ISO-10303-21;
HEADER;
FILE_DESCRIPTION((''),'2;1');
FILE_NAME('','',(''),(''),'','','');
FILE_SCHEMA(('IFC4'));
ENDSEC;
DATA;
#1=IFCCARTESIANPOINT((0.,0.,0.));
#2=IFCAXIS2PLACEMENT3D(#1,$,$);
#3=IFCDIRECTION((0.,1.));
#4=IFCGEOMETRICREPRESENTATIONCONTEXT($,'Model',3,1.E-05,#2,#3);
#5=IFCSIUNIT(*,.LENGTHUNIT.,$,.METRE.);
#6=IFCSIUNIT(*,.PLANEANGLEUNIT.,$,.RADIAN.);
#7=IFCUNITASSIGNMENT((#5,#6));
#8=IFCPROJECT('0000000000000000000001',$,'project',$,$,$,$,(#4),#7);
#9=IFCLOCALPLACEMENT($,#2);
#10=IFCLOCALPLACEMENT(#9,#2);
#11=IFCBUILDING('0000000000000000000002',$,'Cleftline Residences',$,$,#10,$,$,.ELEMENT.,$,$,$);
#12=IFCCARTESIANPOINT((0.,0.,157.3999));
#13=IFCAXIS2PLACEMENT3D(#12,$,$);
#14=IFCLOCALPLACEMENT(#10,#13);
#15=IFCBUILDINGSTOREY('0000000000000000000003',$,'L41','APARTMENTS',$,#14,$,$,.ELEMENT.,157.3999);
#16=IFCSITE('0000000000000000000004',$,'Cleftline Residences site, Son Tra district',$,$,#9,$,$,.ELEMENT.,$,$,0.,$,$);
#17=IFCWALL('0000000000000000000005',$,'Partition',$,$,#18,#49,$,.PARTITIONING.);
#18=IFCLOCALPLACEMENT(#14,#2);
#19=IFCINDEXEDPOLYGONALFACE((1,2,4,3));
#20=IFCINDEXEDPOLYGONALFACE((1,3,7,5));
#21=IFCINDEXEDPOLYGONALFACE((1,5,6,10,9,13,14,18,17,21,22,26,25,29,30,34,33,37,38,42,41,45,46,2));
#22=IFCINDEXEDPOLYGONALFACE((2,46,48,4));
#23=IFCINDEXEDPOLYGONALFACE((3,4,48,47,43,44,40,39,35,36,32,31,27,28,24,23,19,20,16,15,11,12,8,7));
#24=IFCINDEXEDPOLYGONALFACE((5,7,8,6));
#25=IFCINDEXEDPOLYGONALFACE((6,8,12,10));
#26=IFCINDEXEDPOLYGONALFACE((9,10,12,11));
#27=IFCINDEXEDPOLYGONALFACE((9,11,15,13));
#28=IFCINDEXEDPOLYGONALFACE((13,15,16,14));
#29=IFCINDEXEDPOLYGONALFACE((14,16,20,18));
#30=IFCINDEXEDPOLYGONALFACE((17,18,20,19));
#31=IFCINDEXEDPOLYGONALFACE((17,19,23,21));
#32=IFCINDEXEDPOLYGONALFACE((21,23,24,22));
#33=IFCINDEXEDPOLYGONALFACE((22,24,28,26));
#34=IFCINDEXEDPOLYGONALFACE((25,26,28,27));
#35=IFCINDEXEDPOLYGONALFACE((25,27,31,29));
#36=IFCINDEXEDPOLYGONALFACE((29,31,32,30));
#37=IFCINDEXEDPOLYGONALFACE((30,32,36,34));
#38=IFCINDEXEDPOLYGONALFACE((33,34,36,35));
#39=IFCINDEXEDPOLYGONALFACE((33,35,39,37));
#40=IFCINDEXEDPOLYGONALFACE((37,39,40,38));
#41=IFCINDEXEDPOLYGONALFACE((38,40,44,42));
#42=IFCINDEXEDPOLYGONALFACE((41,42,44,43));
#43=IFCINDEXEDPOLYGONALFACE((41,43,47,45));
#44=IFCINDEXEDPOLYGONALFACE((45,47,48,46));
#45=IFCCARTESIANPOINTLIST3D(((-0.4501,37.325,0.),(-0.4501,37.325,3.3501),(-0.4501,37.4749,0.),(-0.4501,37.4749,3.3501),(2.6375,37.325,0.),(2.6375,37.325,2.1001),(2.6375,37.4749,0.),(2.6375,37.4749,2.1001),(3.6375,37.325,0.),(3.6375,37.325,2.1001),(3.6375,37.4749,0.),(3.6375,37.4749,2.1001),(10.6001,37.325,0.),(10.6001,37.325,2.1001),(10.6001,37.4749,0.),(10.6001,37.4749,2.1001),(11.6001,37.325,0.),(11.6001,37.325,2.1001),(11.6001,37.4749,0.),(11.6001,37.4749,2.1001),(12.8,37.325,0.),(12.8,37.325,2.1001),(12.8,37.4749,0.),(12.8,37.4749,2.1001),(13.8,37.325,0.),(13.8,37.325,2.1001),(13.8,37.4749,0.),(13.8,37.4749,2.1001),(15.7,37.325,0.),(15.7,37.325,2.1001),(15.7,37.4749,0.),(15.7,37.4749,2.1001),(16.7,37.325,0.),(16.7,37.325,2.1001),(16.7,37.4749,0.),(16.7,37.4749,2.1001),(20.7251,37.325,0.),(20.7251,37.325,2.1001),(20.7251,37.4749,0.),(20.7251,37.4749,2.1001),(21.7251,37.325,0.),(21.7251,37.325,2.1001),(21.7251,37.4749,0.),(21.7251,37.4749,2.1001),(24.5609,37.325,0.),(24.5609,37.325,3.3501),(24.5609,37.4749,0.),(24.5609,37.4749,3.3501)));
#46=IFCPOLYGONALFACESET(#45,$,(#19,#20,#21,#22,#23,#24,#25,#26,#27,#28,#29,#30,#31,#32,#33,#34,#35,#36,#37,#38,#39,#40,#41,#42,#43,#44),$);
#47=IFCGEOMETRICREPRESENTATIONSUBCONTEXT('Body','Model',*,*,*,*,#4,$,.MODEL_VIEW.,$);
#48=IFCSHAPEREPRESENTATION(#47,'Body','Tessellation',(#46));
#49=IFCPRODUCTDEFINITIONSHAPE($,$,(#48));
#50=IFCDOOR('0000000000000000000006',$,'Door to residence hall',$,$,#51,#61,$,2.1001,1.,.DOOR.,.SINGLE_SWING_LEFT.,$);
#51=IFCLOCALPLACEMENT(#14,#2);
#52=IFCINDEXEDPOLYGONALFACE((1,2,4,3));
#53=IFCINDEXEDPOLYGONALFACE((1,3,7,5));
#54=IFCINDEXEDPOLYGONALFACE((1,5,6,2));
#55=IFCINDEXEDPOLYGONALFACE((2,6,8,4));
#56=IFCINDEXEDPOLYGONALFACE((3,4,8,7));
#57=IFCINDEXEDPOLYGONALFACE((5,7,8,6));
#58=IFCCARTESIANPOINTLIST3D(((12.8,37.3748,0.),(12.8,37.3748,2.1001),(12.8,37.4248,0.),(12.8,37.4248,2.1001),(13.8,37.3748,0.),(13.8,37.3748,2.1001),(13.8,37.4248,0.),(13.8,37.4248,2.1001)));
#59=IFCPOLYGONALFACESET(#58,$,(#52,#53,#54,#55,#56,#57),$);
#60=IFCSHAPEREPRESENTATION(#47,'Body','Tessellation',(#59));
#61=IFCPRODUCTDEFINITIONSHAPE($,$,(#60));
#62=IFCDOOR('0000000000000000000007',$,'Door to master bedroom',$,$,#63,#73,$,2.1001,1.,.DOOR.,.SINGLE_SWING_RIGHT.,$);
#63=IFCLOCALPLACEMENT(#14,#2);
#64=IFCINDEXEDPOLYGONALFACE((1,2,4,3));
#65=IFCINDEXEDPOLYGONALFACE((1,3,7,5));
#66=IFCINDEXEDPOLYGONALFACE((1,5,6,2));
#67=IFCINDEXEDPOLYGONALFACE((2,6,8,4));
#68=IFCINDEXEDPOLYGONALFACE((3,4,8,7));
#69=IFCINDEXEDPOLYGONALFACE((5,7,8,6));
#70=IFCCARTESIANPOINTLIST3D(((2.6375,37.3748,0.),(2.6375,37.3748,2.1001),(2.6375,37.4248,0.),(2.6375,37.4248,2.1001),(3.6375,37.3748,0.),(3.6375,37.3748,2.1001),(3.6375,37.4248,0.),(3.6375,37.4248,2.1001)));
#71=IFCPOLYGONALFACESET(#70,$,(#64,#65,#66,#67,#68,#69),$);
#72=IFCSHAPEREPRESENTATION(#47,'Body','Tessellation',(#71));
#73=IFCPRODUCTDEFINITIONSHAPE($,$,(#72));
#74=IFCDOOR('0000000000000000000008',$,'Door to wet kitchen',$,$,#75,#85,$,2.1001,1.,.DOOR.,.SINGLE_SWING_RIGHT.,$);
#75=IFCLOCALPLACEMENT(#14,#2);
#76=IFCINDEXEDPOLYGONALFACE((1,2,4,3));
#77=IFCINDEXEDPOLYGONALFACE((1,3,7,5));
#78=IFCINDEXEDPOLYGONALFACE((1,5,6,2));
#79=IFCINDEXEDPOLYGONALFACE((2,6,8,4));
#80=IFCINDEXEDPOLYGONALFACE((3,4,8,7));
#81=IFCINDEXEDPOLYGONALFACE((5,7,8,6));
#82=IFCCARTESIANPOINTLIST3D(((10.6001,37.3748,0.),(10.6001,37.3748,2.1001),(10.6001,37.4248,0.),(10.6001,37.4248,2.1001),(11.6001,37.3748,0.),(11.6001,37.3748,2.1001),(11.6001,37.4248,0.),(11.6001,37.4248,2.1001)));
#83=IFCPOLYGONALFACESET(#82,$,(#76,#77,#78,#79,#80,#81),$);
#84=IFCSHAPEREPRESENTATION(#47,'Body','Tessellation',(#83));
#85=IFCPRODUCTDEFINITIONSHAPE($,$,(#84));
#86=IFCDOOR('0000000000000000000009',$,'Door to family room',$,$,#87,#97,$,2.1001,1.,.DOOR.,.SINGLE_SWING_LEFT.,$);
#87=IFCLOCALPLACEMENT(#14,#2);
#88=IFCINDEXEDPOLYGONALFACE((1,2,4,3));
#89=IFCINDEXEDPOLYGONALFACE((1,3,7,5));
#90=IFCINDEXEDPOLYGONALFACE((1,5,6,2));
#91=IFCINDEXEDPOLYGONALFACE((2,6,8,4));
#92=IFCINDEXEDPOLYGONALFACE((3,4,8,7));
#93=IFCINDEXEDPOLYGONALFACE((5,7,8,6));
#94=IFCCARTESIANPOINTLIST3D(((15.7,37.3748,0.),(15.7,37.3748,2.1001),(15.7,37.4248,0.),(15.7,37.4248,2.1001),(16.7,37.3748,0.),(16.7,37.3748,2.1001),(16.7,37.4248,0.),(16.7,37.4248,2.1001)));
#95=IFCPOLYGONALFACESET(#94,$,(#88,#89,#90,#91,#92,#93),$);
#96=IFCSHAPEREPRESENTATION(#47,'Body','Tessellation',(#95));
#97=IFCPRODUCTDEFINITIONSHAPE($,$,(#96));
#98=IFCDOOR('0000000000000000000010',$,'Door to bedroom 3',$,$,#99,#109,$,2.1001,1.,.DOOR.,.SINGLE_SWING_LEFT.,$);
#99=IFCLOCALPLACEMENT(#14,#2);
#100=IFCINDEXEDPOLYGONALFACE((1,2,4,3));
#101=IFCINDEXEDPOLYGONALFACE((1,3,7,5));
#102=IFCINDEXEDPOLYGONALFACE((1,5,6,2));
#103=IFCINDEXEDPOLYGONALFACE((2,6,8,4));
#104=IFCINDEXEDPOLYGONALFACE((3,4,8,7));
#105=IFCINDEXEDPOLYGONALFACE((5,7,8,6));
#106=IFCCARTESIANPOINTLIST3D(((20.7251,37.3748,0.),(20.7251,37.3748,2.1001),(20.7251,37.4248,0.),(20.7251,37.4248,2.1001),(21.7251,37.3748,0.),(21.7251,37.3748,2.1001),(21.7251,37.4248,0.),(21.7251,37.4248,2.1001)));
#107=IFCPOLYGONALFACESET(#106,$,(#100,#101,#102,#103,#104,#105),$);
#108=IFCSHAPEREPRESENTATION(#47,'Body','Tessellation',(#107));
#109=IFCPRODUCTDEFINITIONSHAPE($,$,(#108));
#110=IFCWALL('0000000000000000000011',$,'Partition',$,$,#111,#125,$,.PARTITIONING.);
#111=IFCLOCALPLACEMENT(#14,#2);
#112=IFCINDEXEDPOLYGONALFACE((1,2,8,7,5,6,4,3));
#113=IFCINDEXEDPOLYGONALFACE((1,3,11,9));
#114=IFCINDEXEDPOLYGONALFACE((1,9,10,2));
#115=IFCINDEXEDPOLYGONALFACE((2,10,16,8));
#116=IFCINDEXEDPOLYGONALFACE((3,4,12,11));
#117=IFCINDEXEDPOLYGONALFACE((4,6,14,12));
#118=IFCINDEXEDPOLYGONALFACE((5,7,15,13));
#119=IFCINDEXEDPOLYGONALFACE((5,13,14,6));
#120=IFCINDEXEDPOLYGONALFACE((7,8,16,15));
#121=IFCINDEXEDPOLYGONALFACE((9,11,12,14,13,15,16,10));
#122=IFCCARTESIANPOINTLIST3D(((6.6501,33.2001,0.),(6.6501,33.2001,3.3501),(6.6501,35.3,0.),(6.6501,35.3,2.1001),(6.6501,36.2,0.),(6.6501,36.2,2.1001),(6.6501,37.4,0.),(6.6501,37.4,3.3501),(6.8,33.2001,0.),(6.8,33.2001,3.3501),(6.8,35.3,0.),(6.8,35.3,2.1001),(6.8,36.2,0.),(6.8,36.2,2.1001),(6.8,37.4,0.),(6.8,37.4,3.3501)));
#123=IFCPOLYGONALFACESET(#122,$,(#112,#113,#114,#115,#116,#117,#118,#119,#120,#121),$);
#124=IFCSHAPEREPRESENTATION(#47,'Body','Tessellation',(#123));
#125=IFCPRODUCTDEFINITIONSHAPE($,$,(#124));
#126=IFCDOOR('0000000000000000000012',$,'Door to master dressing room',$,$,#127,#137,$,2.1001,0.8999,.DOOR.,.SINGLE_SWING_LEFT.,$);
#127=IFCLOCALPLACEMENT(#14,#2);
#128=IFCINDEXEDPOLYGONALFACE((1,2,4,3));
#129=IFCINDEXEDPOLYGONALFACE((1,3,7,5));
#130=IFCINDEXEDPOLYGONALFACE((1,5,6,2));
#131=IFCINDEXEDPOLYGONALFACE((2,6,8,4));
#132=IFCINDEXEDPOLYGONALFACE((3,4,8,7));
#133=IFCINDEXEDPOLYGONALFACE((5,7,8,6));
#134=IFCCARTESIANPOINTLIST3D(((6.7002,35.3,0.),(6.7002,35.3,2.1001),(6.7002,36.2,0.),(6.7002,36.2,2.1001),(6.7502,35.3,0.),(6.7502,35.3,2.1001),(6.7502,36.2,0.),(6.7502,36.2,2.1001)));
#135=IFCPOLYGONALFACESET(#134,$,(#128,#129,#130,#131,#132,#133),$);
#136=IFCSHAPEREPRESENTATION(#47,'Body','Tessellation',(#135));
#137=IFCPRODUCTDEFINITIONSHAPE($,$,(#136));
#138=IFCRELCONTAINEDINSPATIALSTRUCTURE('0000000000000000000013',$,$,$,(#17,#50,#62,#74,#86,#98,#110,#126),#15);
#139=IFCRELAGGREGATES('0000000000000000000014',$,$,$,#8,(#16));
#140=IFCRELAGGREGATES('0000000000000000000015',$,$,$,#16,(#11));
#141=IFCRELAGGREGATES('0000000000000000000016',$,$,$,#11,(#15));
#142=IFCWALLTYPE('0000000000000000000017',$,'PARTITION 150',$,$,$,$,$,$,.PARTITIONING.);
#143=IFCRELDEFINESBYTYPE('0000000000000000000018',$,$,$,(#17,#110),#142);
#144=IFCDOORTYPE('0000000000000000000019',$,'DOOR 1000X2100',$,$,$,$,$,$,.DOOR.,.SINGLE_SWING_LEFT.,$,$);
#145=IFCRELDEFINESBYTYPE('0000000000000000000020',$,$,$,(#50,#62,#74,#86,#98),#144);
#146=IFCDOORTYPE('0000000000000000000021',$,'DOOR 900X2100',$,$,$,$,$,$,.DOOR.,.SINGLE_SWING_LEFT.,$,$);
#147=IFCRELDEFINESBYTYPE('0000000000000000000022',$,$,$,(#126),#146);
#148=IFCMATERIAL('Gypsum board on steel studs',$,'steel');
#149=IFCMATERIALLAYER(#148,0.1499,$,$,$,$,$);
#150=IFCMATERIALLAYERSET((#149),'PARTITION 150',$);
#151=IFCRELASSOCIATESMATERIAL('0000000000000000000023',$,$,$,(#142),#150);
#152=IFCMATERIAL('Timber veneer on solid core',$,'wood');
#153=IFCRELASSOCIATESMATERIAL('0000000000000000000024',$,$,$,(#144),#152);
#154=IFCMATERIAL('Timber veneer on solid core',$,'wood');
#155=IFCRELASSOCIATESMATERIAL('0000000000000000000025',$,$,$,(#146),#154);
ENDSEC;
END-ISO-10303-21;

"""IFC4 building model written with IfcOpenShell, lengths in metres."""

from ifc_helpers import new_model, si_unit, direction, frame, frame_2d, origin, place, context, subcontext, project, spatial, rectangle, extrude, material, layer, layer_set, type_object, element, fill, save


model = new_model("IFC4")

# Units and contexts
model_context = context("Model", 3, precision=1e-05, world=origin(), true_north=direction((0.0, 1.0)))
body_context = subcontext(model_context, "Body", "Model", "MODEL_VIEW")
ifc_project = project(units=[si_unit("LENGTHUNIT", "METRE"), si_unit("PLANEANGLEUNIT", "RADIAN")], contexts=[model_context])

# Site, building, storey
site_placement = place(None, origin())
site = spatial("IfcSite", under=ifc_project, at=site_placement, Name="Cleftline Residences site, Son Tra district", CompositionType="ELEMENT", RefElevation=0.0)
building_placement = place(site_placement, origin())
building = spatial("IfcBuilding", under=site, at=building_placement, Name="Cleftline Residences", CompositionType="ELEMENT")
storey_placement = place(building_placement, frame((0.0, 0.0, 157.3999)))
storey = spatial("IfcBuildingStorey", under=building, at=storey_placement, Name="L41", Description="APARTMENTS", CompositionType="ELEMENT", Elevation=157.3999)

# Shared definitions
ifc_material_1 = material(Name="Gypsum board on steel studs", Category="steel")
ifc_layer = layer(ifc_material_1, 0.1499)
ifc_layer_set = layer_set([ifc_layer], Name="PARTITION 150")
wall_type = type_object("IfcWallType", Name="PARTITION 150", PredefinedType="PARTITIONING", material=ifc_layer_set)

# Wall, openings, doors
wall_1_placement = place(storey_placement, frame((-0.45, 37.3999, 0.0), z_axis=(0.0, 0.0, 1.0), x_axis=(1.0, 0.0, 0.0)))
wall_1 = element("IfcWall", 1, at=wall_1_placement, inside=storey, type_object=wall_type, Name="Partition", PredefinedType="PARTITIONING", context=body_context, shape_type="SweptSolid", body=[
    extrude(rectangle(XDim=25.011, YDim=0.1499, at=frame_2d((12.5054, 0.0))), origin(), (0.0, 0.0, 1.0), 3.3501),
])
opening_1_placement = place(wall_1_placement, frame((13.25, 0.0, 0.0)))
opening_1 = element("IfcOpeningElement", 2, at=opening_1_placement, cuts=wall_1, PredefinedType="OPENING", context=body_context, shape_type="SweptSolid", body=[
    extrude(rectangle(XDim=1.0, YDim=2.1001, at=frame_2d((0.5, 1.05))), frame((0.0, 0.085, 0.0), z_axis=(0.0, -1.0, 0.0), x_axis=(1.0, 0.0, 0.0)), (0.0, 0.0, 1.0), 0.1699),
])
opening_2_placement = place(wall_1_placement, frame((3.0874, 0.0, 0.0)))
opening_2 = element("IfcOpeningElement", 3, at=opening_2_placement, cuts=wall_1, PredefinedType="OPENING", context=body_context, shape_type="SweptSolid", body=[
    extrude(rectangle(XDim=1.0, YDim=2.1001, at=frame_2d((0.5, 1.05))), frame((0.0, 0.085, 0.0), z_axis=(0.0, -1.0, 0.0), x_axis=(1.0, 0.0, 0.0)), (0.0, 0.0, 1.0), 0.1699),
])
opening_3_placement = place(wall_1_placement, frame((11.05, 0.0, 0.0)))
opening_3 = element("IfcOpeningElement", 4, at=opening_3_placement, cuts=wall_1, PredefinedType="OPENING", context=body_context, shape_type="SweptSolid", body=[
    extrude(rectangle(XDim=1.0, YDim=2.1001, at=frame_2d((0.5, 1.05))), frame((0.0, 0.085, 0.0), z_axis=(0.0, -1.0, 0.0), x_axis=(1.0, 0.0, 0.0)), (0.0, 0.0, 1.0), 0.1699),
])
opening_4_placement = place(wall_1_placement, frame((16.1499, 0.0, 0.0)))
opening_4 = element("IfcOpeningElement", 5, at=opening_4_placement, cuts=wall_1, PredefinedType="OPENING", context=body_context, shape_type="SweptSolid", body=[
    extrude(rectangle(XDim=1.0, YDim=2.1001, at=frame_2d((0.5, 1.05))), frame((0.0, 0.085, 0.0), z_axis=(0.0, -1.0, 0.0), x_axis=(1.0, 0.0, 0.0)), (0.0, 0.0, 1.0), 0.1699),
])
opening_5_placement = place(wall_1_placement, frame((21.175, 0.0, 0.0)))
opening_5 = element("IfcOpeningElement", 6, at=opening_5_placement, cuts=wall_1, PredefinedType="OPENING", context=body_context, shape_type="SweptSolid", body=[
    extrude(rectangle(XDim=1.0, YDim=2.1001, at=frame_2d((0.5, 1.05))), frame((0.0, 0.085, 0.0), z_axis=(0.0, -1.0, 0.0), x_axis=(1.0, 0.0, 0.0)), (0.0, 0.0, 1.0), 0.1699),
])
ifc_material_2 = material(Name="Timber veneer on solid core", Category="wood")
door_type_1 = type_object("IfcDoorType", Name="DOOR 1000X2100", OperationType="SINGLE_SWING_LEFT", PredefinedType="DOOR", material=ifc_material_2)
door_1_placement = place(opening_1_placement, origin())
door_1 = element("IfcDoor", 7, at=door_1_placement, inside=storey, type_object=door_type_1, Name="Door to residence hall", OperationType="SINGLE_SWING_LEFT", OverallHeight=2.1001, OverallWidth=1.0, PredefinedType="DOOR", context=body_context, shape_type="SweptSolid", body=[
    extrude(rectangle(XDim=1.0, YDim=2.1001, at=frame_2d((0.5, 1.05))), frame((0.0, 0.0249, 0.0), z_axis=(0.0, -1.0, 0.0), x_axis=(1.0, 0.0, 0.0)), (0.0, 0.0, 1.0), 0.05),
])
fill(opening_1, door_1)
door_2_placement = place(opening_2_placement, origin())
door_2 = element("IfcDoor", 8, at=door_2_placement, inside=storey, type_object=door_type_1, Name="Door to master bedroom", OperationType="SINGLE_SWING_RIGHT", OverallHeight=2.1001, OverallWidth=1.0, PredefinedType="DOOR", context=body_context, shape_type="SweptSolid", body=[
    extrude(rectangle(XDim=1.0, YDim=2.1001, at=frame_2d((0.5, 1.05))), frame((0.0, 0.0249, 0.0), z_axis=(0.0, -1.0, 0.0), x_axis=(1.0, 0.0, 0.0)), (0.0, 0.0, 1.0), 0.05),
])
fill(opening_2, door_2)
door_3_placement = place(opening_3_placement, origin())
door_3 = element("IfcDoor", 9, at=door_3_placement, inside=storey, type_object=door_type_1, Name="Door to wet kitchen", OperationType="SINGLE_SWING_RIGHT", OverallHeight=2.1001, OverallWidth=1.0, PredefinedType="DOOR", context=body_context, shape_type="SweptSolid", body=[
    extrude(rectangle(XDim=1.0, YDim=2.1001, at=frame_2d((0.5, 1.05))), frame((0.0, 0.0249, 0.0), z_axis=(0.0, -1.0, 0.0), x_axis=(1.0, 0.0, 0.0)), (0.0, 0.0, 1.0), 0.05),
])
fill(opening_3, door_3)
door_4_placement = place(opening_4_placement, origin())
door_4 = element("IfcDoor", 10, at=door_4_placement, inside=storey, type_object=door_type_1, Name="Door to family room", OperationType="SINGLE_SWING_LEFT", OverallHeight=2.1001, OverallWidth=1.0, PredefinedType="DOOR", context=body_context, shape_type="SweptSolid", body=[
    extrude(rectangle(XDim=1.0, YDim=2.1001, at=frame_2d((0.5, 1.05))), frame((0.0, 0.0249, 0.0), z_axis=(0.0, -1.0, 0.0), x_axis=(1.0, 0.0, 0.0)), (0.0, 0.0, 1.0), 0.05),
])
fill(opening_4, door_4)
door_5_placement = place(opening_5_placement, origin())
door_5 = element("IfcDoor", 11, at=door_5_placement, inside=storey, type_object=door_type_1, Name="Door to bedroom 3", OperationType="SINGLE_SWING_LEFT", OverallHeight=2.1001, OverallWidth=1.0, PredefinedType="DOOR", context=body_context, shape_type="SweptSolid", body=[
    extrude(rectangle(XDim=1.0, YDim=2.1001, at=frame_2d((0.5, 1.05))), frame((0.0, 0.0249, 0.0), z_axis=(0.0, -1.0, 0.0), x_axis=(1.0, 0.0, 0.0)), (0.0, 0.0, 1.0), 0.05),
])
fill(opening_5, door_5)

# Wall, opening, door
wall_2_placement = place(storey_placement, frame((6.7251, 33.2, 0.0), z_axis=(0.0, 0.0, 1.0), x_axis=(0.0, 1.0, 0.0)))
wall_2 = element("IfcWall", 12, at=wall_2_placement, inside=storey, type_object=wall_type, Name="Partition", PredefinedType="PARTITIONING", context=body_context, shape_type="SweptSolid", body=[
    extrude(rectangle(XDim=4.2, YDim=0.1499, at=frame_2d((2.1001, 0.0))), origin(), (0.0, 0.0, 1.0), 3.3501),
])
opening_6_placement = place(wall_2_placement, frame((2.1001, 0.0, 0.0)))
opening_6 = element("IfcOpeningElement", 13, at=opening_6_placement, cuts=wall_2, PredefinedType="OPENING", context=body_context, shape_type="SweptSolid", body=[
    extrude(rectangle(XDim=0.8999, YDim=2.1001, at=frame_2d((0.45, 1.05))), frame((0.0, 0.085, 0.0), z_axis=(0.0, -1.0, 0.0), x_axis=(1.0, 0.0, 0.0)), (0.0, 0.0, 1.0), 0.1699),
])
ifc_material_3 = material(Name="Timber veneer on solid core", Category="wood")
door_type_2 = type_object("IfcDoorType", Name="DOOR 900X2100", OperationType="SINGLE_SWING_LEFT", PredefinedType="DOOR", material=ifc_material_3)
door_6_placement = place(opening_6_placement, origin())
door_6 = element("IfcDoor", 14, at=door_6_placement, inside=storey, type_object=door_type_2, Name="Door to master dressing room", OperationType="SINGLE_SWING_LEFT", OverallHeight=2.1001, OverallWidth=0.8999, PredefinedType="DOOR", context=body_context, shape_type="SweptSolid", body=[
    extrude(rectangle(XDim=0.8999, YDim=2.1001, at=frame_2d((0.45, 1.05))), frame((0.0, 0.0249, 0.0), z_axis=(0.0, -1.0, 0.0), x_axis=(1.0, 0.0, 0.0)), (0.0, 0.0, 1.0), 0.05),
])
fill(opening_6, door_6)

save(model, "model.ifc")
